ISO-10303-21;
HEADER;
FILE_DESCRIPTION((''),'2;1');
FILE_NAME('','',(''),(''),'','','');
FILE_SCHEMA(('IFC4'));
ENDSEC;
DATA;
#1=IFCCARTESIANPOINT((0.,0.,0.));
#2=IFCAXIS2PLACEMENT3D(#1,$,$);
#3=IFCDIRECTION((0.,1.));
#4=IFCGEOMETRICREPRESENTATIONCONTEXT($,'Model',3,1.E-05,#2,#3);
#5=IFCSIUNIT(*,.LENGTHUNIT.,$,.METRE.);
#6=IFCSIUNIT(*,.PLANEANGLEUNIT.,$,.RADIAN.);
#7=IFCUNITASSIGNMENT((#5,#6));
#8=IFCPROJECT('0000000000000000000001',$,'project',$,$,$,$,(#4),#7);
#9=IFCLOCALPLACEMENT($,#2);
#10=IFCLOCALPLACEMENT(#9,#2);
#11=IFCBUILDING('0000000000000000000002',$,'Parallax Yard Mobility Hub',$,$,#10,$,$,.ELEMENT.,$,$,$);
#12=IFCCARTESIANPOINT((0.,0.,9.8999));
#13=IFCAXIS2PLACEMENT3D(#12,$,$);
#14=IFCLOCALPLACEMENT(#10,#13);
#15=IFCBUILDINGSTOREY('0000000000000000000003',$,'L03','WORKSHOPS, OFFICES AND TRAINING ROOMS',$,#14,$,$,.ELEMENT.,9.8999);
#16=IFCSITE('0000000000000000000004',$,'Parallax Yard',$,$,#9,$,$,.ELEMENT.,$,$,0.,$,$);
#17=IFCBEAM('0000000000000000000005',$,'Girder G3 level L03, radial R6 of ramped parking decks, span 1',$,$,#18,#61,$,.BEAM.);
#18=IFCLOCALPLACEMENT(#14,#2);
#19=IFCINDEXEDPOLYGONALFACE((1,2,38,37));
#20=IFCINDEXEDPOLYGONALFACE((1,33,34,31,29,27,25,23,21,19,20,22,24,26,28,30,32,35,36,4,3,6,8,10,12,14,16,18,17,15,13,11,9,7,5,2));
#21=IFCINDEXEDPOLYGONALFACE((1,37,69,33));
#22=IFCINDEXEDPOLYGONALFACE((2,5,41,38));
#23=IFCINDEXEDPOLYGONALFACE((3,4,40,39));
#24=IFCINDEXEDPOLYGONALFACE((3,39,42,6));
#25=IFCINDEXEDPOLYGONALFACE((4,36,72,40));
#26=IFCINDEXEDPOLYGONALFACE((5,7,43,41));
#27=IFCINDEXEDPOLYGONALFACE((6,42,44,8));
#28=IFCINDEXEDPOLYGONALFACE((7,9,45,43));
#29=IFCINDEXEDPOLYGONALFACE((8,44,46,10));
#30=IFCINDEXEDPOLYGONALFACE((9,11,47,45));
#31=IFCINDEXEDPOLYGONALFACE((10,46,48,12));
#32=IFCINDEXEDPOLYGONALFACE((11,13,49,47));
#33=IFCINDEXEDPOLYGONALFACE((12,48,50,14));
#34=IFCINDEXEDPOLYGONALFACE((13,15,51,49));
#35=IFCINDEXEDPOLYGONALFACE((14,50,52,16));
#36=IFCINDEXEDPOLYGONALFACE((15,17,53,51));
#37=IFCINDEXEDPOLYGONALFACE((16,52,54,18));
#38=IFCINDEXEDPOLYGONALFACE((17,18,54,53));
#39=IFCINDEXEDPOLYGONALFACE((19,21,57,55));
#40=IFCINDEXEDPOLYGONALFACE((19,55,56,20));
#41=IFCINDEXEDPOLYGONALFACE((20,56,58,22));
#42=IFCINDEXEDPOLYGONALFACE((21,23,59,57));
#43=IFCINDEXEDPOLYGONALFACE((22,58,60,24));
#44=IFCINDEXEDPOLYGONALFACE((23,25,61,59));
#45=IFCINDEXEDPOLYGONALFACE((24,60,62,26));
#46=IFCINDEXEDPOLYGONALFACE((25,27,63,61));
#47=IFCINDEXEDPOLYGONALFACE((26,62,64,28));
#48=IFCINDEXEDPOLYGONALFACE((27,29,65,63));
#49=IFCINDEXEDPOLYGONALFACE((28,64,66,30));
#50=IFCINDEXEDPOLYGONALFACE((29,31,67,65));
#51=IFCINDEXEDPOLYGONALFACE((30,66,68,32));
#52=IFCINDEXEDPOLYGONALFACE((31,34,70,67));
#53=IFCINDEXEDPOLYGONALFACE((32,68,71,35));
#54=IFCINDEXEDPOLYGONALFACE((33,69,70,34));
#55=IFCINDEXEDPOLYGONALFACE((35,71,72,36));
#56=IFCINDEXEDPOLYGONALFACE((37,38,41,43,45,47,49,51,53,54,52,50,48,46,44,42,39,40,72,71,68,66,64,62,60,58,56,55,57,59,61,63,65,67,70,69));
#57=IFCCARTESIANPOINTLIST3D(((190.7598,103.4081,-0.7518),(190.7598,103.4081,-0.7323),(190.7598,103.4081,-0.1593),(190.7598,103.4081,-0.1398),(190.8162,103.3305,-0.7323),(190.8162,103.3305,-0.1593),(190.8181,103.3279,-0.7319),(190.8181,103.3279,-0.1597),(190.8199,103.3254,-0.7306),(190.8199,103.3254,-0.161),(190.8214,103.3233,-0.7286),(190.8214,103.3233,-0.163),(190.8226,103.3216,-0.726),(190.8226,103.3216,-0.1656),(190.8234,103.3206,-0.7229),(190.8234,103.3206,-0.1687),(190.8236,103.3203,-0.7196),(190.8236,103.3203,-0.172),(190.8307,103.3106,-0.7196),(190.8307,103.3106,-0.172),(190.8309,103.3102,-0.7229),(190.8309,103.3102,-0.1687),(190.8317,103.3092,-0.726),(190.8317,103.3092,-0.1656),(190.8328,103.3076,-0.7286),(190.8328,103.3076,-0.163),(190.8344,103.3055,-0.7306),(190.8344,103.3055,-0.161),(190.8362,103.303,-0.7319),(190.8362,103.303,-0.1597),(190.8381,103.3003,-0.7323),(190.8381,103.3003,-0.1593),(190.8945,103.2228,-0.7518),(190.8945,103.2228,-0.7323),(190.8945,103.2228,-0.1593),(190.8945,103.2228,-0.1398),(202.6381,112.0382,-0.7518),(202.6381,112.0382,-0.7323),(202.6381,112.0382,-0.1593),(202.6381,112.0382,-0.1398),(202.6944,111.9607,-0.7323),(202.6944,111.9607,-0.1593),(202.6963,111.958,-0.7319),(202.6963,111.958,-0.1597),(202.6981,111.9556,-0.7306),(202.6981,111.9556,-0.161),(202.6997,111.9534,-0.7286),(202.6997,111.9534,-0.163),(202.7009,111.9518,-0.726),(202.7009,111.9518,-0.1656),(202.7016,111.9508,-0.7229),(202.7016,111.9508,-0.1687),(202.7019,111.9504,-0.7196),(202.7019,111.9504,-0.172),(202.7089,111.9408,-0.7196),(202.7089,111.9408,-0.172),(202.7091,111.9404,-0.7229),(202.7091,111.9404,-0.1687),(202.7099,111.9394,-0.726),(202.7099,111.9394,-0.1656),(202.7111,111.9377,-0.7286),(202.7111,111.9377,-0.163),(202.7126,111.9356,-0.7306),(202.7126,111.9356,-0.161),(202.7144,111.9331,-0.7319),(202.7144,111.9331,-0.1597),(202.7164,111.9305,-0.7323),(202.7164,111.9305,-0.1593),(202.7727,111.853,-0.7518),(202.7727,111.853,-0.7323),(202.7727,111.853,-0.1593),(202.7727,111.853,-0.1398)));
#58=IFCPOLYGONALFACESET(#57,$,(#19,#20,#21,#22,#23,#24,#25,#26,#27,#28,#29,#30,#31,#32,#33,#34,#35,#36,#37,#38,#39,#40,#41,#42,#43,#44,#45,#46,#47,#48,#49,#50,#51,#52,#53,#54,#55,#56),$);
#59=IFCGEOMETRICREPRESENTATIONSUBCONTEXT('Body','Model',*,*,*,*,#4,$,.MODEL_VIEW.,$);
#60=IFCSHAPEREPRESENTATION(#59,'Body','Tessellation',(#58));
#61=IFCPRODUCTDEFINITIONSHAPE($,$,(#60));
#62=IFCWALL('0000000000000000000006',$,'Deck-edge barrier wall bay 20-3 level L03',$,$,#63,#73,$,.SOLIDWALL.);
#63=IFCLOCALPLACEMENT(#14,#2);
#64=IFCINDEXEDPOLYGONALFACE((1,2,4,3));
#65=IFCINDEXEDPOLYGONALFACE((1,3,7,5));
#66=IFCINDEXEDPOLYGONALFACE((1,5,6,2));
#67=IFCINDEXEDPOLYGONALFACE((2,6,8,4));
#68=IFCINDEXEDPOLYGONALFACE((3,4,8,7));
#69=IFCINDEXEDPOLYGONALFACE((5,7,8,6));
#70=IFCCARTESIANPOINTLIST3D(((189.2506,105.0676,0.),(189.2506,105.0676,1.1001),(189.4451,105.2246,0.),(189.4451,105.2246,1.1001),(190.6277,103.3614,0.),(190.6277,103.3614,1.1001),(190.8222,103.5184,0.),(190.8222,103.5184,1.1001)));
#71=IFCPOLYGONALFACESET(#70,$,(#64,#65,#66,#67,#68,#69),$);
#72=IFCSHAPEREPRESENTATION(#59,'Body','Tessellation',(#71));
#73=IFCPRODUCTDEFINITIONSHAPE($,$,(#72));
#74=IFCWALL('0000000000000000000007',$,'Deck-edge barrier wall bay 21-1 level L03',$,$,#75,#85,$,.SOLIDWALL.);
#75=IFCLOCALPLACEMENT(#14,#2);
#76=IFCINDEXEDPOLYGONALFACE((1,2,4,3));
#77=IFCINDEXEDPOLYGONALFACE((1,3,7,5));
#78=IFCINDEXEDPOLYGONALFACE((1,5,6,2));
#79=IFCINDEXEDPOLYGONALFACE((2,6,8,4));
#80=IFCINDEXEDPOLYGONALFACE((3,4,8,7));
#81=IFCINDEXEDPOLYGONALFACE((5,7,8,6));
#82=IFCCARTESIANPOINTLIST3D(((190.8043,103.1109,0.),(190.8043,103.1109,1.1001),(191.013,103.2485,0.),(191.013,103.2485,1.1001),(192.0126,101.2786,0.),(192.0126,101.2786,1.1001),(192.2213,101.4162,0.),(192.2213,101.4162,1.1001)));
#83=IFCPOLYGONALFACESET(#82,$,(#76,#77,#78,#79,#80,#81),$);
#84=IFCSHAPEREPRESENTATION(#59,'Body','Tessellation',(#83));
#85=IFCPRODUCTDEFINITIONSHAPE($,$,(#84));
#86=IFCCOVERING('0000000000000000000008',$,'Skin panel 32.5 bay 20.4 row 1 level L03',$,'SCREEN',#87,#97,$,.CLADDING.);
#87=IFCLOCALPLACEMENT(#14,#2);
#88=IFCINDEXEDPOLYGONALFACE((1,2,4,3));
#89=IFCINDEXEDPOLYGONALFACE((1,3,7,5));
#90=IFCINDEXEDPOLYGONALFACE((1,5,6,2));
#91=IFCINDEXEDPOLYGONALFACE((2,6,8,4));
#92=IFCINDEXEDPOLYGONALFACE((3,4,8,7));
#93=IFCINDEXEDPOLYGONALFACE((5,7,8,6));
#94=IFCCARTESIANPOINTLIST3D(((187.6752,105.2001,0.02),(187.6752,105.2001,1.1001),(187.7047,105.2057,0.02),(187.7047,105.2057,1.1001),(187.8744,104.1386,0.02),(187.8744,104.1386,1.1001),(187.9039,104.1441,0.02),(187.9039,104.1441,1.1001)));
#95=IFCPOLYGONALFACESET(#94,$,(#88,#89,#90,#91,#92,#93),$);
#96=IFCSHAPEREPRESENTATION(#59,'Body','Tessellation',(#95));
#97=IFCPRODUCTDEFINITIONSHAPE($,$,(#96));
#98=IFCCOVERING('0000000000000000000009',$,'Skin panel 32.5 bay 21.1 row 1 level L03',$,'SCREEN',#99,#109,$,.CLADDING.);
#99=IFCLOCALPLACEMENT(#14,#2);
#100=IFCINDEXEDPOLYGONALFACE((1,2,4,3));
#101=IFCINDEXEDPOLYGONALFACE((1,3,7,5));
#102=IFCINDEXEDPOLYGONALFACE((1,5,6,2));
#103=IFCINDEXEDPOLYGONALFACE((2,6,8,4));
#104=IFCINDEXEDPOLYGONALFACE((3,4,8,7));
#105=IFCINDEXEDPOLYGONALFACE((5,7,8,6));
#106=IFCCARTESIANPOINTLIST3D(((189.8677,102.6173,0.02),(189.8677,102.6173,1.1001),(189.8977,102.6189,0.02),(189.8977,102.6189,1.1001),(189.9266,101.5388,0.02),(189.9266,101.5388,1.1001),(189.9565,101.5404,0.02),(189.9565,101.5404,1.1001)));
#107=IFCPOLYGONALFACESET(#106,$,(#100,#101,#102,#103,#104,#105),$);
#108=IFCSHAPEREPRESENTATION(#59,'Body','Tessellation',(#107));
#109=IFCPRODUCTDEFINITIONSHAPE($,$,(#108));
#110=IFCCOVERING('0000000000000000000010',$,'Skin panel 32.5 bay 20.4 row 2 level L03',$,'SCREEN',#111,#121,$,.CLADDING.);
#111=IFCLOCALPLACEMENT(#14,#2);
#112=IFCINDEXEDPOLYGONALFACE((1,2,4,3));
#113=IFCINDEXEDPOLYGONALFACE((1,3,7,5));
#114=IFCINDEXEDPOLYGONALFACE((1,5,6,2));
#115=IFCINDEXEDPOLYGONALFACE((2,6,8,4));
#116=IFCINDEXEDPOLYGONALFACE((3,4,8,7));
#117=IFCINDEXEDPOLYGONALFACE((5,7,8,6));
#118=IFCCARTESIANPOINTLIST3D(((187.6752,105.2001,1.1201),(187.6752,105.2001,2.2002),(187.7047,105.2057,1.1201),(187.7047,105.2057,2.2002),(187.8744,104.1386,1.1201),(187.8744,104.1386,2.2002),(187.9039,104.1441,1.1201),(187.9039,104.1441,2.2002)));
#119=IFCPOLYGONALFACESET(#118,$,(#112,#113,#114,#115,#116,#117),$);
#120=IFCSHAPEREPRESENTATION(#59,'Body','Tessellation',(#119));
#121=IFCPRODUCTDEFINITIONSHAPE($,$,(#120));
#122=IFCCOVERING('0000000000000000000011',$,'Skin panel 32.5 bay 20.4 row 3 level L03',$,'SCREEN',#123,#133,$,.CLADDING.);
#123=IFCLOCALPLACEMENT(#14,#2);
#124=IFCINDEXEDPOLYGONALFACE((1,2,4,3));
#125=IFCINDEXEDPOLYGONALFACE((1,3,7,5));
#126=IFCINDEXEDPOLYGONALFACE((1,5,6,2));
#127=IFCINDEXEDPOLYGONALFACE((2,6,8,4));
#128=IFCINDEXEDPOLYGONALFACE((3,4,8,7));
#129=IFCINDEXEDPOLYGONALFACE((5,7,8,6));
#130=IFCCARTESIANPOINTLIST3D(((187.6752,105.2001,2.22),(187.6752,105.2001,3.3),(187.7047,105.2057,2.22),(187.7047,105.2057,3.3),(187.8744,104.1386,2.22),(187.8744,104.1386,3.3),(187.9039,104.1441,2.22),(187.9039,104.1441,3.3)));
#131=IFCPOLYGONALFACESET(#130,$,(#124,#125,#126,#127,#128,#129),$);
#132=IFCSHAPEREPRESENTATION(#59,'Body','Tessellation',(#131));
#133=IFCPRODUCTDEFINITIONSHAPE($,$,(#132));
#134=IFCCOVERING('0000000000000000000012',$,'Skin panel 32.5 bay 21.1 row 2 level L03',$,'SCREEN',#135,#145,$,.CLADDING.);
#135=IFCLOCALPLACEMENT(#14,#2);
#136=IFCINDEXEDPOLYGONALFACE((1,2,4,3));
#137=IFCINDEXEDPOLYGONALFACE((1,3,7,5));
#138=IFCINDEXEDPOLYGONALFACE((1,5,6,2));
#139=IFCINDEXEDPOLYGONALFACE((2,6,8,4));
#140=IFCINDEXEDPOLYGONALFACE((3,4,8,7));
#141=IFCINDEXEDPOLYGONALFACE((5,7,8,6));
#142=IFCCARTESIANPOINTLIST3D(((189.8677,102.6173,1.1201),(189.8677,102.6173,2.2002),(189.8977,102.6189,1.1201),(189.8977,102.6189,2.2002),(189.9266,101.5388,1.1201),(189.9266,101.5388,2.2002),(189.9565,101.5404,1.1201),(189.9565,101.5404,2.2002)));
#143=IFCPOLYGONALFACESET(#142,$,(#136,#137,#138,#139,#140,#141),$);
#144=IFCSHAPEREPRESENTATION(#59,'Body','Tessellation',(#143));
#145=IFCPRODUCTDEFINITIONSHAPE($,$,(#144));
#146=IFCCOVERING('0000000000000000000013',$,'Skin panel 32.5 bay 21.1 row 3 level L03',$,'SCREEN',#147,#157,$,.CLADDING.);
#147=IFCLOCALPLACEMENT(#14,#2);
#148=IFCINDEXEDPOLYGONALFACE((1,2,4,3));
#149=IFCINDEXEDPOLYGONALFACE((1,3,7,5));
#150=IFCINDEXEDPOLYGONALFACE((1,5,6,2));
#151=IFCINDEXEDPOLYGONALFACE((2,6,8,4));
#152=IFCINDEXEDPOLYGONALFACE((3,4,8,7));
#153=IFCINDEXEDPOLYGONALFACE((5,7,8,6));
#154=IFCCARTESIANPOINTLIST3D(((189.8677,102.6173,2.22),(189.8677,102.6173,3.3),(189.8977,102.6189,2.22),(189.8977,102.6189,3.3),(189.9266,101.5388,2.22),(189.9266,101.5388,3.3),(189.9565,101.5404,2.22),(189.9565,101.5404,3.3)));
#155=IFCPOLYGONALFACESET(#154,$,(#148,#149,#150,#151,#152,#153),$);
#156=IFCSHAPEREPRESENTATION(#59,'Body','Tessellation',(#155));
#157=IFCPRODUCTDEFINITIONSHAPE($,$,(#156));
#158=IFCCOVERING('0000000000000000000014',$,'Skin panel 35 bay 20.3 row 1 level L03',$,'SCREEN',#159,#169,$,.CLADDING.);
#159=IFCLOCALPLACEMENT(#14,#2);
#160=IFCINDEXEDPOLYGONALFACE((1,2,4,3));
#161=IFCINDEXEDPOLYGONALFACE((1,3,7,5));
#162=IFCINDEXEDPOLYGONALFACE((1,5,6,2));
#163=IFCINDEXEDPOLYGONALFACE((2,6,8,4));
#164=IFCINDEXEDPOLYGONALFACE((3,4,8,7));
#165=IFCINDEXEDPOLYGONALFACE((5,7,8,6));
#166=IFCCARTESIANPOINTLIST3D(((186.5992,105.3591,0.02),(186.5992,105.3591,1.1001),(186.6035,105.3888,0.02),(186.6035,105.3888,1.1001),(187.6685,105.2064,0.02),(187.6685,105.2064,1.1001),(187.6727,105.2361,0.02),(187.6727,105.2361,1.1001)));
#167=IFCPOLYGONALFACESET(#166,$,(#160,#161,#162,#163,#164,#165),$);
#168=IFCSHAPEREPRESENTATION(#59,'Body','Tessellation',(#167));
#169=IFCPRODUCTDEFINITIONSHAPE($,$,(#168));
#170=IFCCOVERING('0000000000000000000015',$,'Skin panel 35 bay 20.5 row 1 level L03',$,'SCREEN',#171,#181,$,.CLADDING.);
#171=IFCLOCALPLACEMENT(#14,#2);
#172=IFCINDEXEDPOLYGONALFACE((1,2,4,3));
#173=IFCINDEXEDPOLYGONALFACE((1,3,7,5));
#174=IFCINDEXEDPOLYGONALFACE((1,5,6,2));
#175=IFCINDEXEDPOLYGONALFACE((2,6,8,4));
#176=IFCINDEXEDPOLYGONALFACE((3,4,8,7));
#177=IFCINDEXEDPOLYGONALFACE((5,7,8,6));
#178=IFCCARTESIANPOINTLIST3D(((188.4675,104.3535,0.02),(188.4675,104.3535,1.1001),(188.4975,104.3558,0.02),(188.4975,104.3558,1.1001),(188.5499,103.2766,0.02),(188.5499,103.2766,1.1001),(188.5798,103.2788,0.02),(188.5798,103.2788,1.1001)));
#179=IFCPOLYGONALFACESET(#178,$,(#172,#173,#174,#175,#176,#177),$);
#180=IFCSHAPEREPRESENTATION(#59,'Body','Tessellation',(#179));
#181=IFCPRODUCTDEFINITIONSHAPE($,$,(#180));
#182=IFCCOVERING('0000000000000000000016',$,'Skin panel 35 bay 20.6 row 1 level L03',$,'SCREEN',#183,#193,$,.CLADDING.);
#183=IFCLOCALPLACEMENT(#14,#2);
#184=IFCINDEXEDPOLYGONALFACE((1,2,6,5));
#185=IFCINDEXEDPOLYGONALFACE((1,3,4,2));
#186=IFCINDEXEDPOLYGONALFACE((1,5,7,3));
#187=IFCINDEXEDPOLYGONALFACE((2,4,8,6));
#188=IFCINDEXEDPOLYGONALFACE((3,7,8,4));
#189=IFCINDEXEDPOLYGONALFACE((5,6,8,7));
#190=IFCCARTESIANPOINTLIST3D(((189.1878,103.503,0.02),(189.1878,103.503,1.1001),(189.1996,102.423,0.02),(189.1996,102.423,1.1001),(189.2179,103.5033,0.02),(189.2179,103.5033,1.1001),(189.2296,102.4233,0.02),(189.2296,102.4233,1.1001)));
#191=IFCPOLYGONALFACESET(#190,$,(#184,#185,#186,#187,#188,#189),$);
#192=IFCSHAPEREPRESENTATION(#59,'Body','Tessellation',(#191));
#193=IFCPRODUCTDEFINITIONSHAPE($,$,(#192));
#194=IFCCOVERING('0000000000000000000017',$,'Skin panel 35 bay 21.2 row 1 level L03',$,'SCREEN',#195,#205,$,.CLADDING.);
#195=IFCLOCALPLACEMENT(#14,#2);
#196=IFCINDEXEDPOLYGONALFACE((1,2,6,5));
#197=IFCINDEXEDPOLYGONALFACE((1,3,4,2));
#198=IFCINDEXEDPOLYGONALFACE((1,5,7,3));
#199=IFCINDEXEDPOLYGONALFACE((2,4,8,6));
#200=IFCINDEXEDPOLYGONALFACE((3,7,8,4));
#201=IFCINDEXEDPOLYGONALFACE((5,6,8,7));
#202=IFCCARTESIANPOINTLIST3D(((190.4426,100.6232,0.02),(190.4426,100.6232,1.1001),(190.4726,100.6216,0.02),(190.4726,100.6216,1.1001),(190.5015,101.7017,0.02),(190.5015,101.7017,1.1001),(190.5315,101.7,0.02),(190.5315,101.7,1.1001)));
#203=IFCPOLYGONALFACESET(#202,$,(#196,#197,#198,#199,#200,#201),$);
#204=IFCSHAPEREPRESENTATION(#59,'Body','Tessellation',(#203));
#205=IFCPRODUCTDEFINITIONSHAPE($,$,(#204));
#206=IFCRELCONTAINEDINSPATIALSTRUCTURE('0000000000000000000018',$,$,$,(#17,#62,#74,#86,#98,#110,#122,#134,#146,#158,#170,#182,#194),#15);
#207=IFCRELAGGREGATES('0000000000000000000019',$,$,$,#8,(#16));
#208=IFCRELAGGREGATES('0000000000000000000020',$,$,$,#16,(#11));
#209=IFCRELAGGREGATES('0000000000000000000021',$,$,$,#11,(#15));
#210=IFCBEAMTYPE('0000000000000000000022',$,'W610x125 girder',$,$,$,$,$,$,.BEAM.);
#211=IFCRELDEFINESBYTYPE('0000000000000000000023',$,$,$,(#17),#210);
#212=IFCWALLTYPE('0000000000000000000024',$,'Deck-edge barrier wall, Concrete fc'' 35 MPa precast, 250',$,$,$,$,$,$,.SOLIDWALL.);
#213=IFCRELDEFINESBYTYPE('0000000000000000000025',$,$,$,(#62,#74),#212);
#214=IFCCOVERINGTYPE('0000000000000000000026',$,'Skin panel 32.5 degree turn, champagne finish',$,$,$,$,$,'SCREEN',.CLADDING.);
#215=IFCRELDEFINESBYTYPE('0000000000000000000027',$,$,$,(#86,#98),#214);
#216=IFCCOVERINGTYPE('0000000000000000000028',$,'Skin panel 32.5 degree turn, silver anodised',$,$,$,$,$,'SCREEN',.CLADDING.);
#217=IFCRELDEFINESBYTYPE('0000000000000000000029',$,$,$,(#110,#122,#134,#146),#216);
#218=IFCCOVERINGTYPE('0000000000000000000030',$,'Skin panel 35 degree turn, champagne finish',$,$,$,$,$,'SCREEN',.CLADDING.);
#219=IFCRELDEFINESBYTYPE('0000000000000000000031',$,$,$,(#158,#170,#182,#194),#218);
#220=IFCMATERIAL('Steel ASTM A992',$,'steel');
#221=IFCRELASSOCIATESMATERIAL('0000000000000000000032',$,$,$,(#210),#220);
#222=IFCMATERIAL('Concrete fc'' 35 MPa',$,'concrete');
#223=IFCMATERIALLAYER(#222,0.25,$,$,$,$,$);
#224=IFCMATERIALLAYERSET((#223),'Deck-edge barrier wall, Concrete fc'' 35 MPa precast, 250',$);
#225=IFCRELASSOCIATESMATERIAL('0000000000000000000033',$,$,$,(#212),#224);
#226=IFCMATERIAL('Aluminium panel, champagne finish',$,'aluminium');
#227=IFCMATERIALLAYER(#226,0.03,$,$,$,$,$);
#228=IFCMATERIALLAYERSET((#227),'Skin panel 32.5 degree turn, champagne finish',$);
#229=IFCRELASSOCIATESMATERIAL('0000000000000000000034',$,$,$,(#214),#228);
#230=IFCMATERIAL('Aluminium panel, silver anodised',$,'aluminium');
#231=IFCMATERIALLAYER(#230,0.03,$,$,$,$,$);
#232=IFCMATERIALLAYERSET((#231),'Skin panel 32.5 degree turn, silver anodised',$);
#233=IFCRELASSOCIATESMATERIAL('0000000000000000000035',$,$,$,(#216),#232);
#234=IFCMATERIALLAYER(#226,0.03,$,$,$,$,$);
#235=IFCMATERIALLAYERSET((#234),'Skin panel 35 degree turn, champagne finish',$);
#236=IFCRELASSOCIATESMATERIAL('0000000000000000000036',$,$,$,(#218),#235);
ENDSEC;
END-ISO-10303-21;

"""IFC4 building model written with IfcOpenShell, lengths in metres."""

from ifc_helpers import new_model, si_unit, direction, frame, frame_2d, origin, origin_2d, place, context, subcontext, project, spatial, rectangle, i_section, extrude, material, layer, layer_set, material_profile, profile_set, type_object, element, save


model = new_model("IFC4")

# Units and contexts
model_context = context("Model", 3, precision=1e-05, world=origin(), true_north=direction((0.0, 1.0)))
body_context = subcontext(model_context, "Body", "Model", "MODEL_VIEW")
ifc_project = project(units=[si_unit("LENGTHUNIT", "METRE"), si_unit("PLANEANGLEUNIT", "RADIAN")], contexts=[model_context])

# Site, building, storey
site_placement = place(None, origin())
site = spatial("IfcSite", under=ifc_project, at=site_placement, Name="Parallax Yard", CompositionType="ELEMENT", RefElevation=0.0)
building_placement = place(site_placement, origin())
building = spatial("IfcBuilding", under=site, at=building_placement, Name="Parallax Yard Mobility Hub", CompositionType="ELEMENT")
storey_placement = place(building_placement, frame((0.0, 0.0, 9.8999)))
storey = spatial("IfcBuildingStorey", under=building, at=storey_placement, Name="L03", Description="WORKSHOPS, OFFICES AND TRAINING ROOMS", CompositionType="ELEMENT", Elevation=9.8999)

# Shared definitions
ifc_material_1 = material(Name="Steel ASTM A992", Category="steel")

# Beam
ifc_material_profile_1 = material_profile(ifc_material_1, i_section(OverallWidth=0.229, OverallDepth=0.6121, WebThickness=0.012, FlangeThickness=0.0195, FilletRadius=0.0127, at=origin_2d()), Name="W610x125")
ifc_profile_set_1 = profile_set([ifc_material_profile_1], Name="Steel ASTM A992")
beam_type_1 = type_object("IfcBeamType", Name="W610x125 girder", PredefinedType="BEAM", material=ifc_profile_set_1)
beam_1_placement = place(storey_placement, frame((190.8271, 103.3154, -0.4458), z_axis=(0.809013, 0.587791, 0.0), x_axis=(-0.587791, 0.809013, 0.0)))
element("IfcBeam", 1, at=beam_1_placement, inside=storey, type_object=beam_type_1, Name="Girder G3 level L03, radial R6 of ramped parking decks, span 1", PredefinedType="BEAM", context=body_context, shape_type="SweptSolid", body=[
    extrude(i_section(OverallWidth=0.229, OverallDepth=0.6121, WebThickness=0.012, FlangeThickness=0.0195, FilletRadius=0.0127, at=origin_2d()), origin(), (0.0, 0.0, 1.0), 14.6824),
])

# Walls
ifc_material_2 = material(Name="Concrete fc' 35 MPa", Category="concrete")
ifc_layer_1 = layer(ifc_material_2, 0.25)
ifc_layer_set_1 = layer_set([ifc_layer_1], Name="Deck-edge barrier wall, Concrete fc' 35 MPa precast, 250")
wall_type = type_object("IfcWallType", Name="Deck-edge barrier wall, Concrete fc' 35 MPa precast, 250", PredefinedType="SOLIDWALL", material=ifc_layer_set_1)
wall_1_placement = place(storey_placement, frame((189.3479, 105.146, 0.0), z_axis=(0.0, 0.0, 1.0), x_axis=(0.62807, -0.778157, 0.0)))
element("IfcWall", 2, at=wall_1_placement, inside=storey, type_object=wall_type, Name="Deck-edge barrier wall bay 20-3 level L03", PredefinedType="SOLIDWALL", context=body_context, shape_type="SweptSolid", body=[
    extrude(rectangle(XDim=2.1926, YDim=0.25, at=frame_2d((1.0962, 0.0))), origin(), (0.0, 0.0, 1.0), 1.1001),
])
wall_2_placement = place(storey_placement, frame((190.9087, 103.1797, 0.0), z_axis=(0.0, 0.0, 1.0), x_axis=(0.550509, -0.834829, 0.0)))
element("IfcWall", 3, at=wall_2_placement, inside=storey, type_object=wall_type, Name="Deck-edge barrier wall bay 21-1 level L03", PredefinedType="SOLIDWALL", context=body_context, shape_type="SweptSolid", body=[
    extrude(rectangle(XDim=2.1948, YDim=0.25, at=frame_2d((1.0974, 0.0))), origin(), (0.0, 0.0, 1.0), 1.1001),
])

# Coverings
ifc_material_3 = material(Name="Aluminium panel, champagne finish", Category="aluminium")
ifc_layer_2 = layer(ifc_material_3, 0.03)
ifc_layer_set_2 = layer_set([ifc_layer_2], Name="Skin panel 32.5 degree turn, champagne finish")
covering_type_1 = type_object("IfcCoveringType", Name="Skin panel 32.5 degree turn, champagne finish", ElementType="SCREEN", PredefinedType="CLADDING", material=ifc_layer_set_2)
for number, where, z_axis, x_axis, name in (
    (4, (187.7896, 104.6721, 0.02), (0.0, 0.0, 1.0), (0.18438, -0.982855, 0.0), "Skin panel 32.5 bay 20.4 row 1 level L03"),
    (5, (189.9121, 102.0789, 0.02), (0.0, 0.0, 1.0), (0.054515, -0.998513, 0.0), "Skin panel 32.5 bay 21.1 row 1 level L03"),
):
    element("IfcCovering", number, at=place(storey_placement, frame(where, z_axis=z_axis, x_axis=x_axis)), inside=storey, type_object=covering_type_1, Name=name, ObjectType="SCREEN", PredefinedType="CLADDING", context=body_context, shape_type="SweptSolid", body=[
        extrude(rectangle(XDim=1.0801, YDim=0.03, at=origin_2d()), origin(), (0.0, 0.0, 1.0), 1.0801),
    ])
ifc_material_4 = material(Name="Aluminium panel, silver anodised", Category="aluminium")
ifc_layer_3 = layer(ifc_material_4, 0.03)
ifc_layer_set_3 = layer_set([ifc_layer_3], Name="Skin panel 32.5 degree turn, silver anodised")
covering_type_2 = type_object("IfcCoveringType", Name="Skin panel 32.5 degree turn, silver anodised", ElementType="SCREEN", PredefinedType="CLADDING", material=ifc_layer_set_3)
for number, where, z_axis, x_axis, name in (
    (6, (187.7896, 104.6721, 1.1201), (0.0, 0.0, 1.0), (0.18438, -0.982855, 0.0), "Skin panel 32.5 bay 20.4 row 2 level L03"),
    (7, (187.7896, 104.6721, 2.22), (0.0, 0.0, 1.0), (0.18438, -0.982855, 0.0), "Skin panel 32.5 bay 20.4 row 3 level L03"),
    (8, (189.9121, 102.0789, 1.1201), (0.0, 0.0, 1.0), (0.054515, -0.998513, 0.0), "Skin panel 32.5 bay 21.1 row 2 level L03"),
    (9, (189.9121, 102.0789, 2.22), (0.0, 0.0, 1.0), (0.054515, -0.998513, 0.0), "Skin panel 32.5 bay 21.1 row 3 level L03"),
):
    element("IfcCovering", number, at=place(storey_placement, frame(where, z_axis=z_axis, x_axis=x_axis)), inside=storey, type_object=covering_type_2, Name=name, ObjectType="SCREEN", PredefinedType="CLADDING", context=body_context, shape_type="SweptSolid", body=[
        extrude(rectangle(XDim=1.0801, YDim=0.03, at=origin_2d()), origin(), (0.0, 0.0, 1.0), 1.0801),
    ])
ifc_layer_4 = layer(ifc_material_3, 0.03)
ifc_layer_set_4 = layer_set([ifc_layer_4], Name="Skin panel 35 degree turn, champagne finish")
covering_type_3 = type_object("IfcCoveringType", Name="Skin panel 35 degree turn, champagne finish", ElementType="SCREEN", PredefinedType="CLADDING", material=ifc_layer_set_4)
for number, where, z_axis, x_axis, name in (
    (10, (187.136, 105.2976, 0.02), (0.0, 0.0, 1.0), (-0.989962, 0.141333, 0.0), "Skin panel 35 bay 20.3 row 1 level L03"),
    (11, (188.5237, 103.8162, 0.02), (0.0, 0.0, 1.0), (0.076284, -0.997086, 0.0), "Skin panel 35 bay 20.5 row 1 level L03"),
    (12, (189.2087, 102.9631, 0.02), (0.0, 0.0, 1.0), (0.010908, -0.999941, 0.0), "Skin panel 35 bay 20.6 row 1 level L03"),
    (13, (190.4871, 101.1616, 0.02), (0.0, 0.0, 1.0), (-0.054515, -0.998513, 0.0), "Skin panel 35 bay 21.2 row 1 level L03"),
):
    element("IfcCovering", number, at=place(storey_placement, frame(where, z_axis=z_axis, x_axis=x_axis)), inside=storey, type_object=covering_type_3, Name=name, ObjectType="SCREEN", PredefinedType="CLADDING", context=body_context, shape_type="SweptSolid", body=[
        extrude(rectangle(XDim=1.0801, YDim=0.03, at=origin_2d()), origin(), (0.0, 0.0, 1.0), 1.0801),
    ])

save(model, "model.ifc")
